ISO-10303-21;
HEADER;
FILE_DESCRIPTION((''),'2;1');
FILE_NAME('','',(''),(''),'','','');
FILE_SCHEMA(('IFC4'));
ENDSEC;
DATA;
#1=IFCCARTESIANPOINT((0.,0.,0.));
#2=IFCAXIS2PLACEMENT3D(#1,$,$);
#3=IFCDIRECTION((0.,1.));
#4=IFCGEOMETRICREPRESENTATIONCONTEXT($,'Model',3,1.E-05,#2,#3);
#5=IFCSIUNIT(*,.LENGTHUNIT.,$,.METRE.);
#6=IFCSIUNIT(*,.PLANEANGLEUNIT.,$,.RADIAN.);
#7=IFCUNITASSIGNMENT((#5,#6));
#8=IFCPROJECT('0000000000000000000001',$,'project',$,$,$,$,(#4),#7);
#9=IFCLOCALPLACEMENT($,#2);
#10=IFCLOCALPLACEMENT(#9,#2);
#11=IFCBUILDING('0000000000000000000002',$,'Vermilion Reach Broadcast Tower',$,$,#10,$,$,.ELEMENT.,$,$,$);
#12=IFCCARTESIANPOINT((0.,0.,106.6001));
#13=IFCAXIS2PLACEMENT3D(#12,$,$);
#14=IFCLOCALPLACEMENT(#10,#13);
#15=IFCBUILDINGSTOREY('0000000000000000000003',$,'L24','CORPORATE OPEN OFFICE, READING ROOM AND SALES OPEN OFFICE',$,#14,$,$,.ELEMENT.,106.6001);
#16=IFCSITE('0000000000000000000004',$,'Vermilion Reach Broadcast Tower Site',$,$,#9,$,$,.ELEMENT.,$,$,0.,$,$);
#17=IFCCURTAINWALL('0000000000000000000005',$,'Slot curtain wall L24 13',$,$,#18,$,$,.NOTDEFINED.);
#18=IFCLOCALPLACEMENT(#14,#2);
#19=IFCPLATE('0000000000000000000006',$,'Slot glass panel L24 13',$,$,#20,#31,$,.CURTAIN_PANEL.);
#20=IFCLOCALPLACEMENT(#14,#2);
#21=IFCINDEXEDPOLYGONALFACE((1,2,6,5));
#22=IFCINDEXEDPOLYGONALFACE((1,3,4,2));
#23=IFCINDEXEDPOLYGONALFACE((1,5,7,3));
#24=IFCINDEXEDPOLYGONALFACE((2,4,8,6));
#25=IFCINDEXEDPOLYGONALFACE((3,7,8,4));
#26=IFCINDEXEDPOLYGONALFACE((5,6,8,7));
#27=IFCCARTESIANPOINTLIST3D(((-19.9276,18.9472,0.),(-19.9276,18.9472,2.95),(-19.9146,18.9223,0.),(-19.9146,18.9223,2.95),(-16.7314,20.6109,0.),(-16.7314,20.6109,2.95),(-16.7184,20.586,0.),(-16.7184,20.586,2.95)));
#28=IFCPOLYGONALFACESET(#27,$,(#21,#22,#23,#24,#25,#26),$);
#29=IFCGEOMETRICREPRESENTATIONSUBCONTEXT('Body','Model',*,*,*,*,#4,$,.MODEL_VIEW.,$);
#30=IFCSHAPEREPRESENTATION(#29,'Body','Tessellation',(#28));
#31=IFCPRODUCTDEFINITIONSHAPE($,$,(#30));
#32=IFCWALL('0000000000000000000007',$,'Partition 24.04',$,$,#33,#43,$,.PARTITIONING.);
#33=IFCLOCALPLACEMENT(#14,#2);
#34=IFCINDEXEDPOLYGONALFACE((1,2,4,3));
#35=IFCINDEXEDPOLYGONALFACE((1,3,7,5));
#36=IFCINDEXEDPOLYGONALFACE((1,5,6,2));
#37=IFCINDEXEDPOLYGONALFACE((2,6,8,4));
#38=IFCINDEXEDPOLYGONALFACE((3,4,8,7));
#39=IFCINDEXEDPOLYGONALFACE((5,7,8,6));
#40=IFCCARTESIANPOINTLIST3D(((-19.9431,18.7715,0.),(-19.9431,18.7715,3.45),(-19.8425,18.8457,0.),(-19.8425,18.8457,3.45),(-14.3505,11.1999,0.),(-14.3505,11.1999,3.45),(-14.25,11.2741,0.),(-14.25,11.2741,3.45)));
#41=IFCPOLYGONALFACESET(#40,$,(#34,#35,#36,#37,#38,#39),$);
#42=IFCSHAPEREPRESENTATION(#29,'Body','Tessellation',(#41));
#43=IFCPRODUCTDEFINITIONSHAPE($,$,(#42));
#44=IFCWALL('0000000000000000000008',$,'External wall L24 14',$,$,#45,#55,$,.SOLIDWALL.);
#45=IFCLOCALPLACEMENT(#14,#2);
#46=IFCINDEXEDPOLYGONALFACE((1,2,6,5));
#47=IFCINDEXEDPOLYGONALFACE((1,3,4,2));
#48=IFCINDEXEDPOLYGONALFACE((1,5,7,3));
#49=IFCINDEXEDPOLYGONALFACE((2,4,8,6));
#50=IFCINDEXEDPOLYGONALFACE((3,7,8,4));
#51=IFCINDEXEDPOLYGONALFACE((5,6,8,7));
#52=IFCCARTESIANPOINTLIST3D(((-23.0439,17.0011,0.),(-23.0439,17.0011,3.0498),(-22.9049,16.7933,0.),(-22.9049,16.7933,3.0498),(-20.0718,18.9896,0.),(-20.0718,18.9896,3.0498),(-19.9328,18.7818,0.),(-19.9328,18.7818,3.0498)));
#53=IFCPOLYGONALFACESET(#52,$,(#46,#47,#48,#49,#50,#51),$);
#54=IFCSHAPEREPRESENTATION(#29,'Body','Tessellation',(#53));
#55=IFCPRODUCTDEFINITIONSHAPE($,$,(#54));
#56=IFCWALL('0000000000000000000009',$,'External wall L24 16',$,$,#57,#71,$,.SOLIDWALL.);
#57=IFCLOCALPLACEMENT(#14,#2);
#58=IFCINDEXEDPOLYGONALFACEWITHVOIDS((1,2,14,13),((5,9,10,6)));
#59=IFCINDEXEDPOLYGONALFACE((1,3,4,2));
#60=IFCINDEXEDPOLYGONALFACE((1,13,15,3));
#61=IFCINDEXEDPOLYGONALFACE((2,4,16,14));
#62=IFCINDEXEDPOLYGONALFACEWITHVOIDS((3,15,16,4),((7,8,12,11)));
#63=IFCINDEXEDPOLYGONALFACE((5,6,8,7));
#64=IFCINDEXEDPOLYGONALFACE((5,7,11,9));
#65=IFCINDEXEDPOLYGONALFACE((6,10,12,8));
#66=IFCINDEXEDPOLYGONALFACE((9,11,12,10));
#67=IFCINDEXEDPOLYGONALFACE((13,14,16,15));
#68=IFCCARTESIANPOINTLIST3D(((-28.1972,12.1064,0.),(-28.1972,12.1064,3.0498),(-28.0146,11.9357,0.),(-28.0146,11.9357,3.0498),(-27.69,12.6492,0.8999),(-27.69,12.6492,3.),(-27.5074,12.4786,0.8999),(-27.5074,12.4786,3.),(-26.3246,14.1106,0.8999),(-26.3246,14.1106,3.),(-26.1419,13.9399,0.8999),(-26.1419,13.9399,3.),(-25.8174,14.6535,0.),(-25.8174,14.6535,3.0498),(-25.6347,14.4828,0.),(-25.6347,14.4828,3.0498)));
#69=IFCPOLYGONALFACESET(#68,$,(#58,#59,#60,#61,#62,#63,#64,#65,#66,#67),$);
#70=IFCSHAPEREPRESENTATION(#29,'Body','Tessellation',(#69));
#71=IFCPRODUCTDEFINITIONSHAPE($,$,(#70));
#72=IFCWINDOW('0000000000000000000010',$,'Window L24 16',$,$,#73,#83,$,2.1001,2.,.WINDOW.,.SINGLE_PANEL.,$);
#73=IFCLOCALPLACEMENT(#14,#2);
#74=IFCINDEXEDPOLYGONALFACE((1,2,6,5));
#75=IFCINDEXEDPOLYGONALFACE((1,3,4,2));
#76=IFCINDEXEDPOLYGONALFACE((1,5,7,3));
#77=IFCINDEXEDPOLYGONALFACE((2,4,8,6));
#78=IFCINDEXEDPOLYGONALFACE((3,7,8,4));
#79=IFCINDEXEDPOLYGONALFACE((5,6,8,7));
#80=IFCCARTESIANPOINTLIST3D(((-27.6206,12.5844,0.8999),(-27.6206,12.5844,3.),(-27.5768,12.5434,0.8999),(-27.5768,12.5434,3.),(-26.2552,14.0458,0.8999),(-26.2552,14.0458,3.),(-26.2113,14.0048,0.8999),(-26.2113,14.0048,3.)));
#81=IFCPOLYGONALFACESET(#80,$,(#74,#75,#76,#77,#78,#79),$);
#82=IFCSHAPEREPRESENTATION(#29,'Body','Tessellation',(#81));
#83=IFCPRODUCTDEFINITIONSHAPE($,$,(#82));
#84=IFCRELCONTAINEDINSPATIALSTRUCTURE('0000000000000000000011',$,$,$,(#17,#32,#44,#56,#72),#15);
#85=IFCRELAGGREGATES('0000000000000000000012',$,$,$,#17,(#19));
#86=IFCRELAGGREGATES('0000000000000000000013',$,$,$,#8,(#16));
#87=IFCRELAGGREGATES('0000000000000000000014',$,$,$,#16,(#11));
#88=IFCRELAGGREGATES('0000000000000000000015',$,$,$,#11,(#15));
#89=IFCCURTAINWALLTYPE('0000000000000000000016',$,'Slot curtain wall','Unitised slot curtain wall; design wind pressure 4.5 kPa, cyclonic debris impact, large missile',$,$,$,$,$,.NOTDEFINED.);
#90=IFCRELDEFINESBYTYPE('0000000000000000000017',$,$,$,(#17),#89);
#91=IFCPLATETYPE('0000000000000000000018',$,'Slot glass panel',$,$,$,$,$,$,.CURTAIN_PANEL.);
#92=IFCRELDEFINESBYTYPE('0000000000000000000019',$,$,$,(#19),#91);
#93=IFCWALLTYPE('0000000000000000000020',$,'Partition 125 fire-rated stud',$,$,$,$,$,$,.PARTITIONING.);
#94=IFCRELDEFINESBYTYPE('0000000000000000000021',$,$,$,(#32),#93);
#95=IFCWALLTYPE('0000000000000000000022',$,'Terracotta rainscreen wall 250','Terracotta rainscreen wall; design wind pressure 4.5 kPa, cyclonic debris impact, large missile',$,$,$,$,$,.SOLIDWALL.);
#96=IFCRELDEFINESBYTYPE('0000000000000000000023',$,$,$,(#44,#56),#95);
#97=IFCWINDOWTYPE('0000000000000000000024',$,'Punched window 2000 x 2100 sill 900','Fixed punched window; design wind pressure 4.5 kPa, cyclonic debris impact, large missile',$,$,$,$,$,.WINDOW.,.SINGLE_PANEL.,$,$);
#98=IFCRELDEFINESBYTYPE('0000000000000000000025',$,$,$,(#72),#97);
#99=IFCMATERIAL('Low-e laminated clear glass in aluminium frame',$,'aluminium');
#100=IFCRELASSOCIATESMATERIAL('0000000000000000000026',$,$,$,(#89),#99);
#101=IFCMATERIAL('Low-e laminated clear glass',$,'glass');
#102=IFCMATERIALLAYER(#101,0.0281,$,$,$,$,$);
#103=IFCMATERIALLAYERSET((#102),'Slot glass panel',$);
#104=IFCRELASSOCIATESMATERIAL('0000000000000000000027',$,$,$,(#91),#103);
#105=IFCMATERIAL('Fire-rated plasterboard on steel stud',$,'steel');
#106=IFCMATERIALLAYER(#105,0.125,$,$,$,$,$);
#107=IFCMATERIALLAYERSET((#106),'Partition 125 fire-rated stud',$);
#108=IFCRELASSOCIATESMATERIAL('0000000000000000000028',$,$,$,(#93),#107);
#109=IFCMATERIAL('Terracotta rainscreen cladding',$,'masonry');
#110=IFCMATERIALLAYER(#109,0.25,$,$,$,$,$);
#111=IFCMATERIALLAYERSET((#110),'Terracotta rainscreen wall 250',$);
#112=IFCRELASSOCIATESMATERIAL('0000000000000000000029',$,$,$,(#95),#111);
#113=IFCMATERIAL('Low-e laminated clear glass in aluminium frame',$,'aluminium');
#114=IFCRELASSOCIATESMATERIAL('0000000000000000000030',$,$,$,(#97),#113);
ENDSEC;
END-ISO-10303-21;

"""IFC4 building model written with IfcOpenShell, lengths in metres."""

from ifc_helpers import new_model, si_unit, direction, frame, frame_2d, origin, origin_2d, place, context, subcontext, project, spatial, rectangle, extrude, material, layer, layer_set, type_object, element, fill, aggregate, save


model = new_model("IFC4")

# Units and contexts
model_context = context("Model", 3, precision=1e-05, world=origin(), true_north=direction((0.0, 1.0)))
body_context = subcontext(model_context, "Body", "Model", "MODEL_VIEW")
ifc_project = project(units=[si_unit("LENGTHUNIT", "METRE"), si_unit("PLANEANGLEUNIT", "RADIAN")], contexts=[model_context])

# Site, building, storey
site_placement = place(None, origin())
site = spatial("IfcSite", under=ifc_project, at=site_placement, Name="Vermilion Reach Broadcast Tower Site", CompositionType="ELEMENT", RefElevation=0.0)
building_placement = place(site_placement, origin())
building = spatial("IfcBuilding", under=site, at=building_placement, Name="Vermilion Reach Broadcast Tower", CompositionType="ELEMENT")
storey_placement = place(building_placement, frame((0.0, 0.0, 106.6001)))
storey = spatial("IfcBuildingStorey", under=building, at=storey_placement, Name="L24", Description="CORPORATE OPEN OFFICE, READING ROOM AND SALES OPEN OFFICE", CompositionType="ELEMENT", Elevation=106.6001)

# Curtain wall, plate
ifc_material_1 = material(Name="Low-e laminated clear glass in aluminium frame", Category="aluminium")
curtain_wall_type = type_object("IfcCurtainWallType", Name="Slot curtain wall", Description="Unitised slot curtain wall; design wind pressure 4.5 kPa, cyclonic debris impact, large missile", PredefinedType="NOTDEFINED", material=ifc_material_1)
curtain_wall_placement = place(storey_placement, origin())
curtain_wall = element("IfcCurtainWall", 1, at=curtain_wall_placement, inside=storey, type_object=curtain_wall_type, Name="Slot curtain wall L24 13", PredefinedType="NOTDEFINED")
ifc_material_2 = material(Name="Low-e laminated clear glass", Category="glass")
ifc_layer_1 = layer(ifc_material_2, 0.0281)
ifc_layer_set_1 = layer_set([ifc_layer_1], Name="Slot glass panel")
plate_type = type_object("IfcPlateType", Name="Slot glass panel", PredefinedType="CURTAIN_PANEL", material=ifc_layer_set_1)
plate_placement = place(storey_placement, frame((-18.323, 19.7666, 0.0), z_axis=(0.0, 0.0, 1.0), x_axis=(-0.887031, -0.461711, 0.0)))
plate = element("IfcPlate", 2, at=plate_placement, type_object=plate_type, Name="Slot glass panel L24 13", PredefinedType="CURTAIN_PANEL", context=body_context, shape_type="SweptSolid", body=[
    extrude(rectangle(XDim=3.6033, YDim=0.0281, at=origin_2d()), origin(), (0.0, 0.0, 1.0), 2.95),
])
aggregate(curtain_wall, [plate])

# Walls
ifc_material_3 = material(Name="Fire-rated plasterboard on steel stud", Category="steel")
ifc_layer_2 = layer(ifc_material_3, 0.125)
ifc_layer_set_2 = layer_set([ifc_layer_2], Name="Partition 125 fire-rated stud")
wall_type_1 = type_object("IfcWallType", Name="Partition 125 fire-rated stud", PredefinedType="PARTITIONING", material=ifc_layer_set_2)
wall_1_placement = place(storey_placement, frame((-19.8928, 18.8086, 0.0), z_axis=(0.0, 0.0, 1.0), x_axis=(0.594128, -0.80437, 0.0)))
element("IfcWall", 3, at=wall_1_placement, inside=storey, type_object=wall_type_1, Name="Partition 24.04", PredefinedType="PARTITIONING", context=body_context, shape_type="SweptSolid", body=[
    extrude(rectangle(XDim=9.4131, YDim=0.125, at=frame_2d((4.7065, 0.0))), origin(), (0.0, 0.0, 1.0), 3.45),
])
ifc_material_4 = material(Name="Terracotta rainscreen cladding", Category="masonry")
ifc_layer_3 = layer(ifc_material_4, 0.25)
ifc_layer_set_3 = layer_set([ifc_layer_3], Name="Terracotta rainscreen wall 250")
wall_type_2 = type_object("IfcWallType", Name="Terracotta rainscreen wall 250", Description="Terracotta rainscreen wall; design wind pressure 4.5 kPa, cyclonic debris impact, large missile", PredefinedType="SOLIDWALL", material=ifc_layer_set_3)
wall_2_placement = place(storey_placement, frame((-20.0022, 18.8857, 0.0), z_axis=(0.0, 0.0, 1.0), x_axis=(-0.831135, -0.55607, 0.0)))
element("IfcWall", 4, at=wall_2_placement, inside=storey, type_object=wall_type_2, Name="External wall L24 14", PredefinedType="SOLIDWALL", context=body_context, shape_type="SweptSolid", body=[
    extrude(rectangle(XDim=3.5759, YDim=0.25, at=frame_2d((1.7881, 0.0))), origin(), (0.0, 0.0, 1.0), 3.0498),
])

# Wall, opening, window
wall_3_placement = place(storey_placement, frame((-25.7261, 14.5681, 0.0), z_axis=(0.0, 0.0, 1.0), x_axis=(-0.682712, -0.730687, 0.0)))
wall_3 = element("IfcWall", 5, at=wall_3_placement, inside=storey, type_object=wall_type_2, Name="External wall L24 16", PredefinedType="SOLIDWALL", context=body_context, shape_type="SweptSolid", body=[
    extrude(rectangle(XDim=3.4858, YDim=0.25, at=frame_2d((1.7429, 0.0))), origin(), (0.0, 0.0, 1.0), 3.0498),
])
opening_1_placement = place(wall_3_placement, frame((0.7429, 0.0, 0.8999)))
opening_1 = element("IfcOpeningElement", 6, at=opening_1_placement, cuts=wall_3, PredefinedType="OPENING", context=body_context, shape_type="SweptSolid", body=[
    extrude(rectangle(XDim=2.0, YDim=2.1001, at=frame_2d((1.0, 1.05))), frame((0.0, 0.135, 0.0), z_axis=(0.0, -1.0, 0.0), x_axis=(1.0, 0.0, 0.0)), (0.0, 0.0, 1.0), 0.27),
])
ifc_material_5 = material(Name="Low-e laminated clear glass in aluminium frame", Category="aluminium")
window_type = type_object("IfcWindowType", Name="Punched window 2000 x 2100 sill 900", Description="Fixed punched window; design wind pressure 4.5 kPa, cyclonic debris impact, large missile", PartitioningType="SINGLE_PANEL", PredefinedType="WINDOW", material=ifc_material_5)
window_placement = place(opening_1_placement, origin())
window = element("IfcWindow", 7, at=window_placement, inside=storey, type_object=window_type, Name="Window L24 16", OverallHeight=2.1001, OverallWidth=2.0, PartitioningType="SINGLE_PANEL", PredefinedType="WINDOW", context=body_context, shape_type="SweptSolid", body=[
    extrude(rectangle(XDim=2.0, YDim=2.1001, at=frame_2d((1.0, 1.05))), frame((0.0, 0.03, 0.0), z_axis=(0.0, -1.0, 0.0), x_axis=(1.0, 0.0, 0.0)), (0.0, 0.0, 1.0), 0.0601),
])
fill(opening_1, window)

save(model, "model.ifc")
